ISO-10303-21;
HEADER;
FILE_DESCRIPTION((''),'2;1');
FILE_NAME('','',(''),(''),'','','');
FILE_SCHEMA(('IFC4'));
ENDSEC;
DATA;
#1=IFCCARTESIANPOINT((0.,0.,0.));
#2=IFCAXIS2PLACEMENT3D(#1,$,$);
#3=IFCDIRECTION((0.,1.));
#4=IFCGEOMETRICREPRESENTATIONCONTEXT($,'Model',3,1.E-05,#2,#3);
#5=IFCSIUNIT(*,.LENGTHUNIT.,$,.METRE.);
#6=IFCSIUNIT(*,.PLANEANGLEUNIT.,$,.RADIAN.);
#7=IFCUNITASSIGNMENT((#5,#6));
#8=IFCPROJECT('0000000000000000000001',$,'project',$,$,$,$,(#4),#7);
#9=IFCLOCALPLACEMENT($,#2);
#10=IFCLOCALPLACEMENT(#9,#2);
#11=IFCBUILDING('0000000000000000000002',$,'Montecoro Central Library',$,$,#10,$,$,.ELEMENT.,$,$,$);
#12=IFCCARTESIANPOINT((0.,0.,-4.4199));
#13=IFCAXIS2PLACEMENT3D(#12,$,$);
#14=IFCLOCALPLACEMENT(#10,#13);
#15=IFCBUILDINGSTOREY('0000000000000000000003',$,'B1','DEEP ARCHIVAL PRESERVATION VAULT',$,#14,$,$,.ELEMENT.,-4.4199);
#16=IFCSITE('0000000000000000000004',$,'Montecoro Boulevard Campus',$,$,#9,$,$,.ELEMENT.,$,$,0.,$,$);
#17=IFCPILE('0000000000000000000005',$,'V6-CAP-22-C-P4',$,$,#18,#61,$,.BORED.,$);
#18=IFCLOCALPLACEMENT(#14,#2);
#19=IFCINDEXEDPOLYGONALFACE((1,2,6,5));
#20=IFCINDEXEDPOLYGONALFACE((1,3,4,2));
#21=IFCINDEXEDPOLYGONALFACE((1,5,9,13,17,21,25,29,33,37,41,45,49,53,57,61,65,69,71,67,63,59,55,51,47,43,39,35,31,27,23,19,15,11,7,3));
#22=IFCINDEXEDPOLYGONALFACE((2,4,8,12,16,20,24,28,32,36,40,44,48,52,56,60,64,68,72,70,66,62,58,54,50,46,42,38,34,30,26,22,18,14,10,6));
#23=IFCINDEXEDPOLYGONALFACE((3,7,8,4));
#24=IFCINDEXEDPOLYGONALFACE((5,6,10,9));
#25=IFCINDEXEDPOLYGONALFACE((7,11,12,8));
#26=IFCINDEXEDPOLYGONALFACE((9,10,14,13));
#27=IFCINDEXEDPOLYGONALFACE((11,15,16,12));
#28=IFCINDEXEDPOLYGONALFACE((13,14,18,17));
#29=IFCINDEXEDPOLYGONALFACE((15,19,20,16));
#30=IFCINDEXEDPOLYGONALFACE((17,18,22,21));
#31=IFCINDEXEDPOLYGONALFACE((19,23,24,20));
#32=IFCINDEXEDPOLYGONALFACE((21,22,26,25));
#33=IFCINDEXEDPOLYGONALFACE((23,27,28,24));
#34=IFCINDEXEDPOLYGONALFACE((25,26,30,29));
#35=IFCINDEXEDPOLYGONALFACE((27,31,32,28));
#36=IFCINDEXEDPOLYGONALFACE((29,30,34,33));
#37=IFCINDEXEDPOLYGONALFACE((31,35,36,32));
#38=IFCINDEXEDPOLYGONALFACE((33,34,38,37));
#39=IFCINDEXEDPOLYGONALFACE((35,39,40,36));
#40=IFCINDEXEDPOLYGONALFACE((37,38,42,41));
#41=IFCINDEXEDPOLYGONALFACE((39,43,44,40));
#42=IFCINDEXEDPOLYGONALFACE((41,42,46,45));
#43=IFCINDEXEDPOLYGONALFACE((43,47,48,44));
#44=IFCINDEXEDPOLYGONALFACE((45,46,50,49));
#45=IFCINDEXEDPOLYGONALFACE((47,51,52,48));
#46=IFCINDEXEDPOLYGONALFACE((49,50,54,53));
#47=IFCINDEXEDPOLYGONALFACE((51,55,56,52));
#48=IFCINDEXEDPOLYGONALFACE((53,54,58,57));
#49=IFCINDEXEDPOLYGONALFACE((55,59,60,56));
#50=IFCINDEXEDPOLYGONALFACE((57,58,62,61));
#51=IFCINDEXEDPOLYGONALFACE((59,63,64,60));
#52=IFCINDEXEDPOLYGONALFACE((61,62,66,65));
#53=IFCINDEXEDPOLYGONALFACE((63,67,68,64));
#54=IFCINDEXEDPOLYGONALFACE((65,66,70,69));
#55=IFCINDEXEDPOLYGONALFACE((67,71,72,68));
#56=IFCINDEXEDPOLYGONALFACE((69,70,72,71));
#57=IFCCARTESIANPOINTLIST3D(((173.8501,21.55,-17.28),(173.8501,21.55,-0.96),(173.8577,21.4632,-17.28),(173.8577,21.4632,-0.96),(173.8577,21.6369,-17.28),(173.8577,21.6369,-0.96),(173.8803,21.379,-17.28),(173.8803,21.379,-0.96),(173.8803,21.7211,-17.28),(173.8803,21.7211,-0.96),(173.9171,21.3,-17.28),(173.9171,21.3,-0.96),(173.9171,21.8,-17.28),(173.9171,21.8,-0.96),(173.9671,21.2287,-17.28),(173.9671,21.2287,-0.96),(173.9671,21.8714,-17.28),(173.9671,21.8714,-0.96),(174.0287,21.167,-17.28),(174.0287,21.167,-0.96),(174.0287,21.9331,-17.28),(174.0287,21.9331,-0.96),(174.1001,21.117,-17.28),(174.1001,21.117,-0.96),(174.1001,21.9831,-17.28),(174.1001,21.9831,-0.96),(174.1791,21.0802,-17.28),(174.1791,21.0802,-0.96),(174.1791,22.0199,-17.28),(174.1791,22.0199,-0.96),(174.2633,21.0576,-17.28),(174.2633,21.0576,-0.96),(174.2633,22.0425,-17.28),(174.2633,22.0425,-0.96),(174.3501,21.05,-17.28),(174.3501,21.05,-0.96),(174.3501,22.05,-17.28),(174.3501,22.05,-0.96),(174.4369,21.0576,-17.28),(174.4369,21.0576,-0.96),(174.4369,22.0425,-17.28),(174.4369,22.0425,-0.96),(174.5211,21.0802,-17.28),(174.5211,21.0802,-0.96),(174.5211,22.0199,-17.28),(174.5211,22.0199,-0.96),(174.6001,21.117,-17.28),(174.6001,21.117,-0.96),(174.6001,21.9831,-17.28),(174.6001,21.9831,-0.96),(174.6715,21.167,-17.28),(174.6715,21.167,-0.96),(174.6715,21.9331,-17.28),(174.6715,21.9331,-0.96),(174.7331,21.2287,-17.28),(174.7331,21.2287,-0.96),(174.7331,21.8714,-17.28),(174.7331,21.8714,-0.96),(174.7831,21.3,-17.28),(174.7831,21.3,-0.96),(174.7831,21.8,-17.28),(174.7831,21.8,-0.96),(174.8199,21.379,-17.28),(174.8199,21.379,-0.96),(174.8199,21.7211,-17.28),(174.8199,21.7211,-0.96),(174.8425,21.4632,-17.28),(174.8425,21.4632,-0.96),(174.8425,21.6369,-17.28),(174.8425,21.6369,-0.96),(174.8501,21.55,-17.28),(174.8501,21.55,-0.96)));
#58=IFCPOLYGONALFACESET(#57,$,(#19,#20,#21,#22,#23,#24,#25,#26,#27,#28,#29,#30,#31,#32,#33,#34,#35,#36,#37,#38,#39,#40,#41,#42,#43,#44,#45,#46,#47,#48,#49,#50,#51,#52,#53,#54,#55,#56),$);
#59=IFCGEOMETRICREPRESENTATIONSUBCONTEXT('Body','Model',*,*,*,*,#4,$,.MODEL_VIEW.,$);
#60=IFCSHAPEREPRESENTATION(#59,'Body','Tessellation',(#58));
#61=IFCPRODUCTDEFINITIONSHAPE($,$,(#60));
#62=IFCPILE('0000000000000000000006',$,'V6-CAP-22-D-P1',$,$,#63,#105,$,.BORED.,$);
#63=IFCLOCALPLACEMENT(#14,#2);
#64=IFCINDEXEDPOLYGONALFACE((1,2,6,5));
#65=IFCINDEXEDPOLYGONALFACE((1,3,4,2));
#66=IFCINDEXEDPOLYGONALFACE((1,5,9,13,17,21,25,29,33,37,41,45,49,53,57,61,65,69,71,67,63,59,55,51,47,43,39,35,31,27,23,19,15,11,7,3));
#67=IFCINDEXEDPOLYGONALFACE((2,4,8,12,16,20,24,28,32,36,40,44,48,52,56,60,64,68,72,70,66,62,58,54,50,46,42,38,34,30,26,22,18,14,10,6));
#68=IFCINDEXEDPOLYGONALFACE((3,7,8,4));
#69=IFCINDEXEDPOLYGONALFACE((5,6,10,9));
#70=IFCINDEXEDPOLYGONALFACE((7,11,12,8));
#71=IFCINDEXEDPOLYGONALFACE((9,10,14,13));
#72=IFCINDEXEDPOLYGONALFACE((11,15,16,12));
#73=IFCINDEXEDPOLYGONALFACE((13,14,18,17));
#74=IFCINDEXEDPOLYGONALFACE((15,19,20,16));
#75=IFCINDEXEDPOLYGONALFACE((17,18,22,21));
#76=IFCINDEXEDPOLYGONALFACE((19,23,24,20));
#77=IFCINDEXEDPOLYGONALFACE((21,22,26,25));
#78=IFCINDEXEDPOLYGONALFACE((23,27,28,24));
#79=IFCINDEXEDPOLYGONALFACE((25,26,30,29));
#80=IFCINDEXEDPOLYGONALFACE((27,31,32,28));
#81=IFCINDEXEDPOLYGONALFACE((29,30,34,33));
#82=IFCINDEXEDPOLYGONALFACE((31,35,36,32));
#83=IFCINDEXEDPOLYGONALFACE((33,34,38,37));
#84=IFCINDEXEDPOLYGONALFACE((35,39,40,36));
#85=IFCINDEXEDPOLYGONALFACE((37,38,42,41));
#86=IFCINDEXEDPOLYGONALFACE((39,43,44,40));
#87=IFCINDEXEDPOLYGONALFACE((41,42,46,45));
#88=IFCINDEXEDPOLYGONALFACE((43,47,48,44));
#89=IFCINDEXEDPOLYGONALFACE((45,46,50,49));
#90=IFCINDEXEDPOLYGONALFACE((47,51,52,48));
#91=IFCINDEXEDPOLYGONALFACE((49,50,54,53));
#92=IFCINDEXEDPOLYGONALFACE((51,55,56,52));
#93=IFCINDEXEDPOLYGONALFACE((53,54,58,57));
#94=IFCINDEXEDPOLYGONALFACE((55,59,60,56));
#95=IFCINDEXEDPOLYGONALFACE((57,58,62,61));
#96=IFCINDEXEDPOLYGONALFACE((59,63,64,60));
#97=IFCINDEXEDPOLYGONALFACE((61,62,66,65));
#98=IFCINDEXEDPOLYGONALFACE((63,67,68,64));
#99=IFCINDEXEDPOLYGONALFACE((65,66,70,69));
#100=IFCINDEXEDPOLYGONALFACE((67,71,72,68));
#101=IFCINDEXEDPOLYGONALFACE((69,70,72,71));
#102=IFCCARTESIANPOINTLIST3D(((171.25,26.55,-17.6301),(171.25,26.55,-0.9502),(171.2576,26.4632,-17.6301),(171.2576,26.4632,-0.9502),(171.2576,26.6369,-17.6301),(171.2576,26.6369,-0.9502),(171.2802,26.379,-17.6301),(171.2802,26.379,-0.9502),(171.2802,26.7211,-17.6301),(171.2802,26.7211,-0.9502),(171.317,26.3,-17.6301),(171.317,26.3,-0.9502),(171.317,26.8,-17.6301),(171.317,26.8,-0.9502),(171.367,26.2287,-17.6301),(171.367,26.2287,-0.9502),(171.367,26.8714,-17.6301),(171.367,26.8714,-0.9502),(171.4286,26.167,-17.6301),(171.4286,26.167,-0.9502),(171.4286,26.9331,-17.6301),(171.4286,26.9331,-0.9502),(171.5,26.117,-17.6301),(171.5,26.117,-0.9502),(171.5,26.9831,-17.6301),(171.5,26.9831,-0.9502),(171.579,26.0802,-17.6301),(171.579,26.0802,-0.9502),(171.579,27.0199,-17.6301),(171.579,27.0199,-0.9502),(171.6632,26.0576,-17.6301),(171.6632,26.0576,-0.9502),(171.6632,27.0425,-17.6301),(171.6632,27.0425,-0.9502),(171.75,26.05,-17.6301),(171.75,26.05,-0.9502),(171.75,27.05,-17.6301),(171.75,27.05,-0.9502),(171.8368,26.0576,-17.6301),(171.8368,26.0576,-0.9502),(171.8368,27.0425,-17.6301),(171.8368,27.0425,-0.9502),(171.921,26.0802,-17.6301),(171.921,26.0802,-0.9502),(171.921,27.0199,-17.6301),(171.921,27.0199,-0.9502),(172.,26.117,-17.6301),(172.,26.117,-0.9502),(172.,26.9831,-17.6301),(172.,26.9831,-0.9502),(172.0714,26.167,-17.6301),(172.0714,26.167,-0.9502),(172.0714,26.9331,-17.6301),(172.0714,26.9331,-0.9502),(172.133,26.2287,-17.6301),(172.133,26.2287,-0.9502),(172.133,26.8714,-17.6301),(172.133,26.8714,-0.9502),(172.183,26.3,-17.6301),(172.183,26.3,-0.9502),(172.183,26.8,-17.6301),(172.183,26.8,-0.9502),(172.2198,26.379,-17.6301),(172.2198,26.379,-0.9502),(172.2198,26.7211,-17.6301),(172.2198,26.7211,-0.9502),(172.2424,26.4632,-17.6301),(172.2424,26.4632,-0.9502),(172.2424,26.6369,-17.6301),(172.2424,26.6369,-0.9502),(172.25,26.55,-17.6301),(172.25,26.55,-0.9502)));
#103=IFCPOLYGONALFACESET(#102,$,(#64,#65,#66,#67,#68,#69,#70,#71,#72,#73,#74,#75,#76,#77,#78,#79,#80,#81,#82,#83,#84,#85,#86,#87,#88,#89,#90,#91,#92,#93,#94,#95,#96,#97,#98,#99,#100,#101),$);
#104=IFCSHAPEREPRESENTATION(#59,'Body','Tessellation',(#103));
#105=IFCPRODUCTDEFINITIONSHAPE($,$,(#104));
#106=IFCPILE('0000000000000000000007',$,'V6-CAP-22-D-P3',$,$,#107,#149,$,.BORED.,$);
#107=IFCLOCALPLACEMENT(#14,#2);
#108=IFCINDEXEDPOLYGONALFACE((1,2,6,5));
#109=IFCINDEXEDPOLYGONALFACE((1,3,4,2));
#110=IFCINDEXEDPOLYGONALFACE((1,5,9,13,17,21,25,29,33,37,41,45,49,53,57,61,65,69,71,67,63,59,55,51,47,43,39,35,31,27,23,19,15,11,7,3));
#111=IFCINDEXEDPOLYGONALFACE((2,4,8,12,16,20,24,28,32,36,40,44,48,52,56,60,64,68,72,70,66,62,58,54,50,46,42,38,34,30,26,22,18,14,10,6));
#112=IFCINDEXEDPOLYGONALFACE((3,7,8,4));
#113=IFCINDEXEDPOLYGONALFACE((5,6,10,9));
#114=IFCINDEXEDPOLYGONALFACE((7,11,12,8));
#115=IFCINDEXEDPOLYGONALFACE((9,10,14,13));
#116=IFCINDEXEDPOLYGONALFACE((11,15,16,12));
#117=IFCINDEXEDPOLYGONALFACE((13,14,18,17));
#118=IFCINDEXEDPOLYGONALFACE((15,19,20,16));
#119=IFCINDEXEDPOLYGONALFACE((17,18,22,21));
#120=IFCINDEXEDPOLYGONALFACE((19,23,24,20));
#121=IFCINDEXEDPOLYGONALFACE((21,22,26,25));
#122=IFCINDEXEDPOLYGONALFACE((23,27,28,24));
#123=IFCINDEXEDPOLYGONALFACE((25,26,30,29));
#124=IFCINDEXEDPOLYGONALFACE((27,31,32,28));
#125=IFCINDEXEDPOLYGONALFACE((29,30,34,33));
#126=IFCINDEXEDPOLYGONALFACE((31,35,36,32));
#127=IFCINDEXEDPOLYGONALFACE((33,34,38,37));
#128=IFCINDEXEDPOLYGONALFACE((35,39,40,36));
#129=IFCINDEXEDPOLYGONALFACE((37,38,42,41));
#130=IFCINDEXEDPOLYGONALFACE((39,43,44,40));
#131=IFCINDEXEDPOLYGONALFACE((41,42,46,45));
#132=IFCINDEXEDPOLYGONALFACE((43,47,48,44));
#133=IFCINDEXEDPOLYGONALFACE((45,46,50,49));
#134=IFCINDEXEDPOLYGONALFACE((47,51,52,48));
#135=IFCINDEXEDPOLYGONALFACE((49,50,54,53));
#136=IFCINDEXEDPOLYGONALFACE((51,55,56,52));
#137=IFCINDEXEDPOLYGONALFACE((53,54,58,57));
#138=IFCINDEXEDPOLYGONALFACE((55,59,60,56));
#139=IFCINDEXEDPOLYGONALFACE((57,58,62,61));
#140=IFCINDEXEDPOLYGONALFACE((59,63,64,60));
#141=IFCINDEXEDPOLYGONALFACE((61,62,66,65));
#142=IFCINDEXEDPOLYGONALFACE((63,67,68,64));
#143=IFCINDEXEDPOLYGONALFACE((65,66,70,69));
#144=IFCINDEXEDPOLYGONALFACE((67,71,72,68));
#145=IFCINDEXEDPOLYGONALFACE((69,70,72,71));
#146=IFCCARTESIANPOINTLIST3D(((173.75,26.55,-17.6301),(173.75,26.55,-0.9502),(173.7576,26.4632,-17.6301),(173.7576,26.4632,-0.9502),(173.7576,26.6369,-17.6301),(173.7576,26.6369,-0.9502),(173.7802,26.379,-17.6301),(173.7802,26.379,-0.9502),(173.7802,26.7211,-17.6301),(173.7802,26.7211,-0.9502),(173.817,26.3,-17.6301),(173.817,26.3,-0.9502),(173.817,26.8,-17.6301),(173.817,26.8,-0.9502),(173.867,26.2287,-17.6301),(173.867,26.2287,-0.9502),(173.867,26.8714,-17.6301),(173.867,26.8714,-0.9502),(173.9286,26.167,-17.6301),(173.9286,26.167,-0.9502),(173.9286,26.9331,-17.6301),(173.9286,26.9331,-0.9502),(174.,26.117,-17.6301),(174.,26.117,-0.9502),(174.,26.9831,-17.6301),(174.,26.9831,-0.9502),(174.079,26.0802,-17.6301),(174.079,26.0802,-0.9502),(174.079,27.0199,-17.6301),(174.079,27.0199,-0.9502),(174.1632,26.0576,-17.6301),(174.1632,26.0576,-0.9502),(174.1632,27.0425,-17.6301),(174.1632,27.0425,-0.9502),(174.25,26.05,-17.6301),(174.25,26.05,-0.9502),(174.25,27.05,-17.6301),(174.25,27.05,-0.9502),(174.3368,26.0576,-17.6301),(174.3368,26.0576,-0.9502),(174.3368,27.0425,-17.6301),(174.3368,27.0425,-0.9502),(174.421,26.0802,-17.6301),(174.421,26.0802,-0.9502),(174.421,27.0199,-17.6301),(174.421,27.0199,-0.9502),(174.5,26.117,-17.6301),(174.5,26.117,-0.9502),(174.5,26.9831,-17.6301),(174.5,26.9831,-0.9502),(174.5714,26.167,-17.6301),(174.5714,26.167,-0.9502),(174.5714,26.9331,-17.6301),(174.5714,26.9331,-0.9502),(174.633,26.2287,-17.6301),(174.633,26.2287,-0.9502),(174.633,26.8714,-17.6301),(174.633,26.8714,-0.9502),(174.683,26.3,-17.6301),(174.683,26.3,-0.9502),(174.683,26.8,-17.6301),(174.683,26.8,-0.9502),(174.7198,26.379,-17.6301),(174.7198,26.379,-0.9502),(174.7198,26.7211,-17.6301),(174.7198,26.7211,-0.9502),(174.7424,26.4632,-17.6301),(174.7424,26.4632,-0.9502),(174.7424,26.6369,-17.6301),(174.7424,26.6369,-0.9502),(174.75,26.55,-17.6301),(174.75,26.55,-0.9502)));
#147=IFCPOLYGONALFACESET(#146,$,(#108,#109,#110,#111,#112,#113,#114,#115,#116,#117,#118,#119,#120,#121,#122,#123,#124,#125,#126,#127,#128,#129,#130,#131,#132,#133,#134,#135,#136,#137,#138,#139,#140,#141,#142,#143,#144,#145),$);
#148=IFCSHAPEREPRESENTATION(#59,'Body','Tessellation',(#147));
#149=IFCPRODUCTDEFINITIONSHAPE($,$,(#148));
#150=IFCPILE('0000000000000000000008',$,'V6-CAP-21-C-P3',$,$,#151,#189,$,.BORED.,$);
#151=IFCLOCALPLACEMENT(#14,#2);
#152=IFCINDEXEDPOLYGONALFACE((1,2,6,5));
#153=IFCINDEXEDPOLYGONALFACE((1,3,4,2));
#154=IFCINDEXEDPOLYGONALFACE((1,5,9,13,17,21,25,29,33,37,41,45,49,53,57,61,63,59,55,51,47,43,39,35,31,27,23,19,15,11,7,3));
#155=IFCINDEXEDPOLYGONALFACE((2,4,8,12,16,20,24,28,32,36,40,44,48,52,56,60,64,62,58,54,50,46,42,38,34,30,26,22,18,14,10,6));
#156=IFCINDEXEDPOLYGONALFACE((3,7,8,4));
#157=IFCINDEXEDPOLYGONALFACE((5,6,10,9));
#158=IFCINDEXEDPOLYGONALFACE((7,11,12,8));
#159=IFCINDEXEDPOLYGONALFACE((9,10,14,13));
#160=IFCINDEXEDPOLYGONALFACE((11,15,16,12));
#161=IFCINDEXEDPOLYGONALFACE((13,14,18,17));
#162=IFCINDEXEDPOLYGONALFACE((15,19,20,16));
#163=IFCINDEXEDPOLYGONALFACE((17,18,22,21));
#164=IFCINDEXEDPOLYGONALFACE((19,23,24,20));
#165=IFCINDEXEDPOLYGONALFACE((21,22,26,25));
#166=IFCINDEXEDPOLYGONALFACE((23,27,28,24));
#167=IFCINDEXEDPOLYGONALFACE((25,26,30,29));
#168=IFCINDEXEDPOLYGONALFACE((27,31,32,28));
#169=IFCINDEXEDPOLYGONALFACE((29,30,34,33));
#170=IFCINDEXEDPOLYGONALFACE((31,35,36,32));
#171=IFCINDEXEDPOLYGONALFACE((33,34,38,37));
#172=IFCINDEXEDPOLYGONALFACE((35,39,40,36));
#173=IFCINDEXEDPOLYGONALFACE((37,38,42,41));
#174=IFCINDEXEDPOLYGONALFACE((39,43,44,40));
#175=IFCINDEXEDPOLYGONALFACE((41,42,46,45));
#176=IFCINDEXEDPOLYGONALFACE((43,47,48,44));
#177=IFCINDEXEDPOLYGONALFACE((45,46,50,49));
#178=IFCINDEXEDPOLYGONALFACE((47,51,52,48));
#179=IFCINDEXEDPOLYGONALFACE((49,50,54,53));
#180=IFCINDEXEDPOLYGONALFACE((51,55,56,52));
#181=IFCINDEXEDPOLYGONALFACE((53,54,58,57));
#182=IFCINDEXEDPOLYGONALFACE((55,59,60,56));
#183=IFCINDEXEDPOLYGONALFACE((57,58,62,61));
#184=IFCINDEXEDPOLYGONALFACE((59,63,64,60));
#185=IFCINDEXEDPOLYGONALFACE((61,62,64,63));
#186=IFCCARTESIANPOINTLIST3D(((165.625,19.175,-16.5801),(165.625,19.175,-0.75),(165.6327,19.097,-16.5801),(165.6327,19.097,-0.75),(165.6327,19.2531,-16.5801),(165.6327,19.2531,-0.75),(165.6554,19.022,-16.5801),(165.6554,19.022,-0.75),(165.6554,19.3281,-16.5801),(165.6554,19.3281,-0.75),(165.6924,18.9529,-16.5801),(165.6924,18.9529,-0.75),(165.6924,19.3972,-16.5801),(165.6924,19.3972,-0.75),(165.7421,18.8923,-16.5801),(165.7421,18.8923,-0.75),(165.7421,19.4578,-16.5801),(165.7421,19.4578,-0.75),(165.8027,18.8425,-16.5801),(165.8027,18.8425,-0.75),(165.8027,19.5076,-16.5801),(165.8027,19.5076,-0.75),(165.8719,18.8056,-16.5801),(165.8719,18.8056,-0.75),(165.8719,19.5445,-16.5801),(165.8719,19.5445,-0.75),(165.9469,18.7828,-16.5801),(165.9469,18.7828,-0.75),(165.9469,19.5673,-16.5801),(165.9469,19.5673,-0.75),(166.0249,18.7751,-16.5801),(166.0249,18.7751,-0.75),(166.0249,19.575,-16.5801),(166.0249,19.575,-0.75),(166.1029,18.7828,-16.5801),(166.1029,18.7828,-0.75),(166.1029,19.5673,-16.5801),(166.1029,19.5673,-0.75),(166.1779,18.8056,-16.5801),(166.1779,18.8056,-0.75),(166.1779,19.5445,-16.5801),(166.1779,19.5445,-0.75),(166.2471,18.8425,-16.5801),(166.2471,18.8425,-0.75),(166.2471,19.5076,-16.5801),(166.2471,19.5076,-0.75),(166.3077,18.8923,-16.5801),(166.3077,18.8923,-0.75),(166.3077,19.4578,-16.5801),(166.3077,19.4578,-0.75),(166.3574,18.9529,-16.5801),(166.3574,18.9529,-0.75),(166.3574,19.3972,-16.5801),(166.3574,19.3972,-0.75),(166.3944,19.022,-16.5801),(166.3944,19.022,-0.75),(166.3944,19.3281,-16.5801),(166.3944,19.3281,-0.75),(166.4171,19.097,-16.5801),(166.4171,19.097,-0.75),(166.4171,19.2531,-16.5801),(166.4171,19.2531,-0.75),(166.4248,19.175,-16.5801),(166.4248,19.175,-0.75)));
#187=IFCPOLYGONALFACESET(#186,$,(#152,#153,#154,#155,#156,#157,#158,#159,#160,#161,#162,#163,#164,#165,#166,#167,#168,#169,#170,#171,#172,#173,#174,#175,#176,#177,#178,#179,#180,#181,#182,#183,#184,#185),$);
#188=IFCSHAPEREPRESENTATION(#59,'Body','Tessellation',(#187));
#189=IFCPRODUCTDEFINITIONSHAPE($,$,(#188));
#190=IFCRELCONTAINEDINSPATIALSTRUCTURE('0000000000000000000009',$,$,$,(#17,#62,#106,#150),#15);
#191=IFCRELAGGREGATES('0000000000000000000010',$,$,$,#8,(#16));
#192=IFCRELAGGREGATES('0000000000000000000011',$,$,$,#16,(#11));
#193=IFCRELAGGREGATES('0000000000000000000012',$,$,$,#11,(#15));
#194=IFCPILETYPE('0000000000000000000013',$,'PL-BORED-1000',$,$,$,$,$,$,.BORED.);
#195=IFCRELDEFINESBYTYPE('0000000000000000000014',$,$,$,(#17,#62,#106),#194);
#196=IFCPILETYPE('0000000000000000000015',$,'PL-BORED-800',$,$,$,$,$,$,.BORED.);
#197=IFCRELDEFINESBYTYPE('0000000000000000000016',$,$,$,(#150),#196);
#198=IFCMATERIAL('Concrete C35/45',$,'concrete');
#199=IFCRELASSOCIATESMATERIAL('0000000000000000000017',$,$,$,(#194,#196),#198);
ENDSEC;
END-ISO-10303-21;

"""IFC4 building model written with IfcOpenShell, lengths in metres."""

from ifc_helpers import new_model, si_unit, direction, frame, origin, origin_2d, place, context, subcontext, project, spatial, circle, extrude, material, material_profile, profile_set, type_object, element, save


model = new_model("IFC4")

# Units and contexts
model_context = context("Model", 3, precision=1e-05, world=origin(), true_north=direction((0.0, 1.0)))
body_context = subcontext(model_context, "Body", "Model", "MODEL_VIEW")
ifc_project = project(units=[si_unit("LENGTHUNIT", "METRE"), si_unit("PLANEANGLEUNIT", "RADIAN")], contexts=[model_context])

# Site, building, storey
site_placement = place(None, origin())
site = spatial("IfcSite", under=ifc_project, at=site_placement, Name="Montecoro Boulevard Campus", CompositionType="ELEMENT", RefElevation=0.0)
building_placement = place(site_placement, origin())
building = spatial("IfcBuilding", under=site, at=building_placement, Name="Montecoro Central Library", CompositionType="ELEMENT")
storey_placement = place(building_placement, frame((0.0, 0.0, -4.4199)))
storey = spatial("IfcBuildingStorey", under=building, at=storey_placement, Name="B1", Description="DEEP ARCHIVAL PRESERVATION VAULT", CompositionType="ELEMENT", Elevation=-4.4199)

# Shared definitions
ifc_material_1 = material(Name="Concrete C35/45", Category="concrete")

# Piles
ifc_material_profile_1 = material_profile(ifc_material_1, circle(Radius=0.5, at=origin_2d()), Name="PILE D1000")
ifc_profile_set_1 = profile_set([ifc_material_profile_1], Name="Concrete C35/45")
pile_type_1 = type_object("IfcPileType", Name="PL-BORED-1000", PredefinedType="BORED", material=ifc_profile_set_1)
for number, where, z_axis, x_axis, name in (
    (1, (174.3501, 21.55, -0.96), (0.0, 0.0, -1.0), (1.0, 0.0, 0.0), "V6-CAP-22-C-P4"),
):
    element("IfcPile", number, at=place(storey_placement, frame(where, z_axis=z_axis, x_axis=x_axis)), inside=storey, type_object=pile_type_1, Name=name, PredefinedType="BORED", context=body_context, shape_type="SweptSolid", body=[
        extrude(circle(Radius=0.5, at=origin_2d()), origin(), (0.0, 0.0, 1.0), 16.3201),
    ])
for number, where, z_axis, x_axis, name in (
    (2, (171.75, 26.55, -0.9502), (0.0, 0.0, -1.0), (1.0, 0.0, 0.0), "V6-CAP-22-D-P1"),
    (3, (174.25, 26.55, -0.9502), (0.0, 0.0, -1.0), (1.0, 0.0, 0.0), "V6-CAP-22-D-P3"),
):
    element("IfcPile", number, at=place(storey_placement, frame(where, z_axis=z_axis, x_axis=x_axis)), inside=storey, type_object=pile_type_1, Name=name, PredefinedType="BORED", context=body_context, shape_type="SweptSolid", body=[
        extrude(circle(Radius=0.5, at=origin_2d()), origin(), (0.0, 0.0, 1.0), 16.6799),
    ])
ifc_material_profile_2 = material_profile(ifc_material_1, circle(Radius=0.3999, at=origin_2d()), Name="PILE D800")
ifc_profile_set_2 = profile_set([ifc_material_profile_2], Name="Concrete C35/45")
pile_type_2 = type_object("IfcPileType", Name="PL-BORED-800", PredefinedType="BORED", material=ifc_profile_set_2)
for number, where, z_axis, x_axis, name in (
    (4, (166.0249, 19.175, -0.75), (0.0, 0.0, -1.0), (1.0, 0.0, 0.0), "V6-CAP-21-C-P3"),
):
    element("IfcPile", number, at=place(storey_placement, frame(where, z_axis=z_axis, x_axis=x_axis)), inside=storey, type_object=pile_type_2, Name=name, PredefinedType="BORED", context=body_context, shape_type="SweptSolid", body=[
        extrude(circle(Radius=0.3999, at=origin_2d()), origin(), (0.0, 0.0, 1.0), 15.8301),
    ])

save(model, "model.ifc")
